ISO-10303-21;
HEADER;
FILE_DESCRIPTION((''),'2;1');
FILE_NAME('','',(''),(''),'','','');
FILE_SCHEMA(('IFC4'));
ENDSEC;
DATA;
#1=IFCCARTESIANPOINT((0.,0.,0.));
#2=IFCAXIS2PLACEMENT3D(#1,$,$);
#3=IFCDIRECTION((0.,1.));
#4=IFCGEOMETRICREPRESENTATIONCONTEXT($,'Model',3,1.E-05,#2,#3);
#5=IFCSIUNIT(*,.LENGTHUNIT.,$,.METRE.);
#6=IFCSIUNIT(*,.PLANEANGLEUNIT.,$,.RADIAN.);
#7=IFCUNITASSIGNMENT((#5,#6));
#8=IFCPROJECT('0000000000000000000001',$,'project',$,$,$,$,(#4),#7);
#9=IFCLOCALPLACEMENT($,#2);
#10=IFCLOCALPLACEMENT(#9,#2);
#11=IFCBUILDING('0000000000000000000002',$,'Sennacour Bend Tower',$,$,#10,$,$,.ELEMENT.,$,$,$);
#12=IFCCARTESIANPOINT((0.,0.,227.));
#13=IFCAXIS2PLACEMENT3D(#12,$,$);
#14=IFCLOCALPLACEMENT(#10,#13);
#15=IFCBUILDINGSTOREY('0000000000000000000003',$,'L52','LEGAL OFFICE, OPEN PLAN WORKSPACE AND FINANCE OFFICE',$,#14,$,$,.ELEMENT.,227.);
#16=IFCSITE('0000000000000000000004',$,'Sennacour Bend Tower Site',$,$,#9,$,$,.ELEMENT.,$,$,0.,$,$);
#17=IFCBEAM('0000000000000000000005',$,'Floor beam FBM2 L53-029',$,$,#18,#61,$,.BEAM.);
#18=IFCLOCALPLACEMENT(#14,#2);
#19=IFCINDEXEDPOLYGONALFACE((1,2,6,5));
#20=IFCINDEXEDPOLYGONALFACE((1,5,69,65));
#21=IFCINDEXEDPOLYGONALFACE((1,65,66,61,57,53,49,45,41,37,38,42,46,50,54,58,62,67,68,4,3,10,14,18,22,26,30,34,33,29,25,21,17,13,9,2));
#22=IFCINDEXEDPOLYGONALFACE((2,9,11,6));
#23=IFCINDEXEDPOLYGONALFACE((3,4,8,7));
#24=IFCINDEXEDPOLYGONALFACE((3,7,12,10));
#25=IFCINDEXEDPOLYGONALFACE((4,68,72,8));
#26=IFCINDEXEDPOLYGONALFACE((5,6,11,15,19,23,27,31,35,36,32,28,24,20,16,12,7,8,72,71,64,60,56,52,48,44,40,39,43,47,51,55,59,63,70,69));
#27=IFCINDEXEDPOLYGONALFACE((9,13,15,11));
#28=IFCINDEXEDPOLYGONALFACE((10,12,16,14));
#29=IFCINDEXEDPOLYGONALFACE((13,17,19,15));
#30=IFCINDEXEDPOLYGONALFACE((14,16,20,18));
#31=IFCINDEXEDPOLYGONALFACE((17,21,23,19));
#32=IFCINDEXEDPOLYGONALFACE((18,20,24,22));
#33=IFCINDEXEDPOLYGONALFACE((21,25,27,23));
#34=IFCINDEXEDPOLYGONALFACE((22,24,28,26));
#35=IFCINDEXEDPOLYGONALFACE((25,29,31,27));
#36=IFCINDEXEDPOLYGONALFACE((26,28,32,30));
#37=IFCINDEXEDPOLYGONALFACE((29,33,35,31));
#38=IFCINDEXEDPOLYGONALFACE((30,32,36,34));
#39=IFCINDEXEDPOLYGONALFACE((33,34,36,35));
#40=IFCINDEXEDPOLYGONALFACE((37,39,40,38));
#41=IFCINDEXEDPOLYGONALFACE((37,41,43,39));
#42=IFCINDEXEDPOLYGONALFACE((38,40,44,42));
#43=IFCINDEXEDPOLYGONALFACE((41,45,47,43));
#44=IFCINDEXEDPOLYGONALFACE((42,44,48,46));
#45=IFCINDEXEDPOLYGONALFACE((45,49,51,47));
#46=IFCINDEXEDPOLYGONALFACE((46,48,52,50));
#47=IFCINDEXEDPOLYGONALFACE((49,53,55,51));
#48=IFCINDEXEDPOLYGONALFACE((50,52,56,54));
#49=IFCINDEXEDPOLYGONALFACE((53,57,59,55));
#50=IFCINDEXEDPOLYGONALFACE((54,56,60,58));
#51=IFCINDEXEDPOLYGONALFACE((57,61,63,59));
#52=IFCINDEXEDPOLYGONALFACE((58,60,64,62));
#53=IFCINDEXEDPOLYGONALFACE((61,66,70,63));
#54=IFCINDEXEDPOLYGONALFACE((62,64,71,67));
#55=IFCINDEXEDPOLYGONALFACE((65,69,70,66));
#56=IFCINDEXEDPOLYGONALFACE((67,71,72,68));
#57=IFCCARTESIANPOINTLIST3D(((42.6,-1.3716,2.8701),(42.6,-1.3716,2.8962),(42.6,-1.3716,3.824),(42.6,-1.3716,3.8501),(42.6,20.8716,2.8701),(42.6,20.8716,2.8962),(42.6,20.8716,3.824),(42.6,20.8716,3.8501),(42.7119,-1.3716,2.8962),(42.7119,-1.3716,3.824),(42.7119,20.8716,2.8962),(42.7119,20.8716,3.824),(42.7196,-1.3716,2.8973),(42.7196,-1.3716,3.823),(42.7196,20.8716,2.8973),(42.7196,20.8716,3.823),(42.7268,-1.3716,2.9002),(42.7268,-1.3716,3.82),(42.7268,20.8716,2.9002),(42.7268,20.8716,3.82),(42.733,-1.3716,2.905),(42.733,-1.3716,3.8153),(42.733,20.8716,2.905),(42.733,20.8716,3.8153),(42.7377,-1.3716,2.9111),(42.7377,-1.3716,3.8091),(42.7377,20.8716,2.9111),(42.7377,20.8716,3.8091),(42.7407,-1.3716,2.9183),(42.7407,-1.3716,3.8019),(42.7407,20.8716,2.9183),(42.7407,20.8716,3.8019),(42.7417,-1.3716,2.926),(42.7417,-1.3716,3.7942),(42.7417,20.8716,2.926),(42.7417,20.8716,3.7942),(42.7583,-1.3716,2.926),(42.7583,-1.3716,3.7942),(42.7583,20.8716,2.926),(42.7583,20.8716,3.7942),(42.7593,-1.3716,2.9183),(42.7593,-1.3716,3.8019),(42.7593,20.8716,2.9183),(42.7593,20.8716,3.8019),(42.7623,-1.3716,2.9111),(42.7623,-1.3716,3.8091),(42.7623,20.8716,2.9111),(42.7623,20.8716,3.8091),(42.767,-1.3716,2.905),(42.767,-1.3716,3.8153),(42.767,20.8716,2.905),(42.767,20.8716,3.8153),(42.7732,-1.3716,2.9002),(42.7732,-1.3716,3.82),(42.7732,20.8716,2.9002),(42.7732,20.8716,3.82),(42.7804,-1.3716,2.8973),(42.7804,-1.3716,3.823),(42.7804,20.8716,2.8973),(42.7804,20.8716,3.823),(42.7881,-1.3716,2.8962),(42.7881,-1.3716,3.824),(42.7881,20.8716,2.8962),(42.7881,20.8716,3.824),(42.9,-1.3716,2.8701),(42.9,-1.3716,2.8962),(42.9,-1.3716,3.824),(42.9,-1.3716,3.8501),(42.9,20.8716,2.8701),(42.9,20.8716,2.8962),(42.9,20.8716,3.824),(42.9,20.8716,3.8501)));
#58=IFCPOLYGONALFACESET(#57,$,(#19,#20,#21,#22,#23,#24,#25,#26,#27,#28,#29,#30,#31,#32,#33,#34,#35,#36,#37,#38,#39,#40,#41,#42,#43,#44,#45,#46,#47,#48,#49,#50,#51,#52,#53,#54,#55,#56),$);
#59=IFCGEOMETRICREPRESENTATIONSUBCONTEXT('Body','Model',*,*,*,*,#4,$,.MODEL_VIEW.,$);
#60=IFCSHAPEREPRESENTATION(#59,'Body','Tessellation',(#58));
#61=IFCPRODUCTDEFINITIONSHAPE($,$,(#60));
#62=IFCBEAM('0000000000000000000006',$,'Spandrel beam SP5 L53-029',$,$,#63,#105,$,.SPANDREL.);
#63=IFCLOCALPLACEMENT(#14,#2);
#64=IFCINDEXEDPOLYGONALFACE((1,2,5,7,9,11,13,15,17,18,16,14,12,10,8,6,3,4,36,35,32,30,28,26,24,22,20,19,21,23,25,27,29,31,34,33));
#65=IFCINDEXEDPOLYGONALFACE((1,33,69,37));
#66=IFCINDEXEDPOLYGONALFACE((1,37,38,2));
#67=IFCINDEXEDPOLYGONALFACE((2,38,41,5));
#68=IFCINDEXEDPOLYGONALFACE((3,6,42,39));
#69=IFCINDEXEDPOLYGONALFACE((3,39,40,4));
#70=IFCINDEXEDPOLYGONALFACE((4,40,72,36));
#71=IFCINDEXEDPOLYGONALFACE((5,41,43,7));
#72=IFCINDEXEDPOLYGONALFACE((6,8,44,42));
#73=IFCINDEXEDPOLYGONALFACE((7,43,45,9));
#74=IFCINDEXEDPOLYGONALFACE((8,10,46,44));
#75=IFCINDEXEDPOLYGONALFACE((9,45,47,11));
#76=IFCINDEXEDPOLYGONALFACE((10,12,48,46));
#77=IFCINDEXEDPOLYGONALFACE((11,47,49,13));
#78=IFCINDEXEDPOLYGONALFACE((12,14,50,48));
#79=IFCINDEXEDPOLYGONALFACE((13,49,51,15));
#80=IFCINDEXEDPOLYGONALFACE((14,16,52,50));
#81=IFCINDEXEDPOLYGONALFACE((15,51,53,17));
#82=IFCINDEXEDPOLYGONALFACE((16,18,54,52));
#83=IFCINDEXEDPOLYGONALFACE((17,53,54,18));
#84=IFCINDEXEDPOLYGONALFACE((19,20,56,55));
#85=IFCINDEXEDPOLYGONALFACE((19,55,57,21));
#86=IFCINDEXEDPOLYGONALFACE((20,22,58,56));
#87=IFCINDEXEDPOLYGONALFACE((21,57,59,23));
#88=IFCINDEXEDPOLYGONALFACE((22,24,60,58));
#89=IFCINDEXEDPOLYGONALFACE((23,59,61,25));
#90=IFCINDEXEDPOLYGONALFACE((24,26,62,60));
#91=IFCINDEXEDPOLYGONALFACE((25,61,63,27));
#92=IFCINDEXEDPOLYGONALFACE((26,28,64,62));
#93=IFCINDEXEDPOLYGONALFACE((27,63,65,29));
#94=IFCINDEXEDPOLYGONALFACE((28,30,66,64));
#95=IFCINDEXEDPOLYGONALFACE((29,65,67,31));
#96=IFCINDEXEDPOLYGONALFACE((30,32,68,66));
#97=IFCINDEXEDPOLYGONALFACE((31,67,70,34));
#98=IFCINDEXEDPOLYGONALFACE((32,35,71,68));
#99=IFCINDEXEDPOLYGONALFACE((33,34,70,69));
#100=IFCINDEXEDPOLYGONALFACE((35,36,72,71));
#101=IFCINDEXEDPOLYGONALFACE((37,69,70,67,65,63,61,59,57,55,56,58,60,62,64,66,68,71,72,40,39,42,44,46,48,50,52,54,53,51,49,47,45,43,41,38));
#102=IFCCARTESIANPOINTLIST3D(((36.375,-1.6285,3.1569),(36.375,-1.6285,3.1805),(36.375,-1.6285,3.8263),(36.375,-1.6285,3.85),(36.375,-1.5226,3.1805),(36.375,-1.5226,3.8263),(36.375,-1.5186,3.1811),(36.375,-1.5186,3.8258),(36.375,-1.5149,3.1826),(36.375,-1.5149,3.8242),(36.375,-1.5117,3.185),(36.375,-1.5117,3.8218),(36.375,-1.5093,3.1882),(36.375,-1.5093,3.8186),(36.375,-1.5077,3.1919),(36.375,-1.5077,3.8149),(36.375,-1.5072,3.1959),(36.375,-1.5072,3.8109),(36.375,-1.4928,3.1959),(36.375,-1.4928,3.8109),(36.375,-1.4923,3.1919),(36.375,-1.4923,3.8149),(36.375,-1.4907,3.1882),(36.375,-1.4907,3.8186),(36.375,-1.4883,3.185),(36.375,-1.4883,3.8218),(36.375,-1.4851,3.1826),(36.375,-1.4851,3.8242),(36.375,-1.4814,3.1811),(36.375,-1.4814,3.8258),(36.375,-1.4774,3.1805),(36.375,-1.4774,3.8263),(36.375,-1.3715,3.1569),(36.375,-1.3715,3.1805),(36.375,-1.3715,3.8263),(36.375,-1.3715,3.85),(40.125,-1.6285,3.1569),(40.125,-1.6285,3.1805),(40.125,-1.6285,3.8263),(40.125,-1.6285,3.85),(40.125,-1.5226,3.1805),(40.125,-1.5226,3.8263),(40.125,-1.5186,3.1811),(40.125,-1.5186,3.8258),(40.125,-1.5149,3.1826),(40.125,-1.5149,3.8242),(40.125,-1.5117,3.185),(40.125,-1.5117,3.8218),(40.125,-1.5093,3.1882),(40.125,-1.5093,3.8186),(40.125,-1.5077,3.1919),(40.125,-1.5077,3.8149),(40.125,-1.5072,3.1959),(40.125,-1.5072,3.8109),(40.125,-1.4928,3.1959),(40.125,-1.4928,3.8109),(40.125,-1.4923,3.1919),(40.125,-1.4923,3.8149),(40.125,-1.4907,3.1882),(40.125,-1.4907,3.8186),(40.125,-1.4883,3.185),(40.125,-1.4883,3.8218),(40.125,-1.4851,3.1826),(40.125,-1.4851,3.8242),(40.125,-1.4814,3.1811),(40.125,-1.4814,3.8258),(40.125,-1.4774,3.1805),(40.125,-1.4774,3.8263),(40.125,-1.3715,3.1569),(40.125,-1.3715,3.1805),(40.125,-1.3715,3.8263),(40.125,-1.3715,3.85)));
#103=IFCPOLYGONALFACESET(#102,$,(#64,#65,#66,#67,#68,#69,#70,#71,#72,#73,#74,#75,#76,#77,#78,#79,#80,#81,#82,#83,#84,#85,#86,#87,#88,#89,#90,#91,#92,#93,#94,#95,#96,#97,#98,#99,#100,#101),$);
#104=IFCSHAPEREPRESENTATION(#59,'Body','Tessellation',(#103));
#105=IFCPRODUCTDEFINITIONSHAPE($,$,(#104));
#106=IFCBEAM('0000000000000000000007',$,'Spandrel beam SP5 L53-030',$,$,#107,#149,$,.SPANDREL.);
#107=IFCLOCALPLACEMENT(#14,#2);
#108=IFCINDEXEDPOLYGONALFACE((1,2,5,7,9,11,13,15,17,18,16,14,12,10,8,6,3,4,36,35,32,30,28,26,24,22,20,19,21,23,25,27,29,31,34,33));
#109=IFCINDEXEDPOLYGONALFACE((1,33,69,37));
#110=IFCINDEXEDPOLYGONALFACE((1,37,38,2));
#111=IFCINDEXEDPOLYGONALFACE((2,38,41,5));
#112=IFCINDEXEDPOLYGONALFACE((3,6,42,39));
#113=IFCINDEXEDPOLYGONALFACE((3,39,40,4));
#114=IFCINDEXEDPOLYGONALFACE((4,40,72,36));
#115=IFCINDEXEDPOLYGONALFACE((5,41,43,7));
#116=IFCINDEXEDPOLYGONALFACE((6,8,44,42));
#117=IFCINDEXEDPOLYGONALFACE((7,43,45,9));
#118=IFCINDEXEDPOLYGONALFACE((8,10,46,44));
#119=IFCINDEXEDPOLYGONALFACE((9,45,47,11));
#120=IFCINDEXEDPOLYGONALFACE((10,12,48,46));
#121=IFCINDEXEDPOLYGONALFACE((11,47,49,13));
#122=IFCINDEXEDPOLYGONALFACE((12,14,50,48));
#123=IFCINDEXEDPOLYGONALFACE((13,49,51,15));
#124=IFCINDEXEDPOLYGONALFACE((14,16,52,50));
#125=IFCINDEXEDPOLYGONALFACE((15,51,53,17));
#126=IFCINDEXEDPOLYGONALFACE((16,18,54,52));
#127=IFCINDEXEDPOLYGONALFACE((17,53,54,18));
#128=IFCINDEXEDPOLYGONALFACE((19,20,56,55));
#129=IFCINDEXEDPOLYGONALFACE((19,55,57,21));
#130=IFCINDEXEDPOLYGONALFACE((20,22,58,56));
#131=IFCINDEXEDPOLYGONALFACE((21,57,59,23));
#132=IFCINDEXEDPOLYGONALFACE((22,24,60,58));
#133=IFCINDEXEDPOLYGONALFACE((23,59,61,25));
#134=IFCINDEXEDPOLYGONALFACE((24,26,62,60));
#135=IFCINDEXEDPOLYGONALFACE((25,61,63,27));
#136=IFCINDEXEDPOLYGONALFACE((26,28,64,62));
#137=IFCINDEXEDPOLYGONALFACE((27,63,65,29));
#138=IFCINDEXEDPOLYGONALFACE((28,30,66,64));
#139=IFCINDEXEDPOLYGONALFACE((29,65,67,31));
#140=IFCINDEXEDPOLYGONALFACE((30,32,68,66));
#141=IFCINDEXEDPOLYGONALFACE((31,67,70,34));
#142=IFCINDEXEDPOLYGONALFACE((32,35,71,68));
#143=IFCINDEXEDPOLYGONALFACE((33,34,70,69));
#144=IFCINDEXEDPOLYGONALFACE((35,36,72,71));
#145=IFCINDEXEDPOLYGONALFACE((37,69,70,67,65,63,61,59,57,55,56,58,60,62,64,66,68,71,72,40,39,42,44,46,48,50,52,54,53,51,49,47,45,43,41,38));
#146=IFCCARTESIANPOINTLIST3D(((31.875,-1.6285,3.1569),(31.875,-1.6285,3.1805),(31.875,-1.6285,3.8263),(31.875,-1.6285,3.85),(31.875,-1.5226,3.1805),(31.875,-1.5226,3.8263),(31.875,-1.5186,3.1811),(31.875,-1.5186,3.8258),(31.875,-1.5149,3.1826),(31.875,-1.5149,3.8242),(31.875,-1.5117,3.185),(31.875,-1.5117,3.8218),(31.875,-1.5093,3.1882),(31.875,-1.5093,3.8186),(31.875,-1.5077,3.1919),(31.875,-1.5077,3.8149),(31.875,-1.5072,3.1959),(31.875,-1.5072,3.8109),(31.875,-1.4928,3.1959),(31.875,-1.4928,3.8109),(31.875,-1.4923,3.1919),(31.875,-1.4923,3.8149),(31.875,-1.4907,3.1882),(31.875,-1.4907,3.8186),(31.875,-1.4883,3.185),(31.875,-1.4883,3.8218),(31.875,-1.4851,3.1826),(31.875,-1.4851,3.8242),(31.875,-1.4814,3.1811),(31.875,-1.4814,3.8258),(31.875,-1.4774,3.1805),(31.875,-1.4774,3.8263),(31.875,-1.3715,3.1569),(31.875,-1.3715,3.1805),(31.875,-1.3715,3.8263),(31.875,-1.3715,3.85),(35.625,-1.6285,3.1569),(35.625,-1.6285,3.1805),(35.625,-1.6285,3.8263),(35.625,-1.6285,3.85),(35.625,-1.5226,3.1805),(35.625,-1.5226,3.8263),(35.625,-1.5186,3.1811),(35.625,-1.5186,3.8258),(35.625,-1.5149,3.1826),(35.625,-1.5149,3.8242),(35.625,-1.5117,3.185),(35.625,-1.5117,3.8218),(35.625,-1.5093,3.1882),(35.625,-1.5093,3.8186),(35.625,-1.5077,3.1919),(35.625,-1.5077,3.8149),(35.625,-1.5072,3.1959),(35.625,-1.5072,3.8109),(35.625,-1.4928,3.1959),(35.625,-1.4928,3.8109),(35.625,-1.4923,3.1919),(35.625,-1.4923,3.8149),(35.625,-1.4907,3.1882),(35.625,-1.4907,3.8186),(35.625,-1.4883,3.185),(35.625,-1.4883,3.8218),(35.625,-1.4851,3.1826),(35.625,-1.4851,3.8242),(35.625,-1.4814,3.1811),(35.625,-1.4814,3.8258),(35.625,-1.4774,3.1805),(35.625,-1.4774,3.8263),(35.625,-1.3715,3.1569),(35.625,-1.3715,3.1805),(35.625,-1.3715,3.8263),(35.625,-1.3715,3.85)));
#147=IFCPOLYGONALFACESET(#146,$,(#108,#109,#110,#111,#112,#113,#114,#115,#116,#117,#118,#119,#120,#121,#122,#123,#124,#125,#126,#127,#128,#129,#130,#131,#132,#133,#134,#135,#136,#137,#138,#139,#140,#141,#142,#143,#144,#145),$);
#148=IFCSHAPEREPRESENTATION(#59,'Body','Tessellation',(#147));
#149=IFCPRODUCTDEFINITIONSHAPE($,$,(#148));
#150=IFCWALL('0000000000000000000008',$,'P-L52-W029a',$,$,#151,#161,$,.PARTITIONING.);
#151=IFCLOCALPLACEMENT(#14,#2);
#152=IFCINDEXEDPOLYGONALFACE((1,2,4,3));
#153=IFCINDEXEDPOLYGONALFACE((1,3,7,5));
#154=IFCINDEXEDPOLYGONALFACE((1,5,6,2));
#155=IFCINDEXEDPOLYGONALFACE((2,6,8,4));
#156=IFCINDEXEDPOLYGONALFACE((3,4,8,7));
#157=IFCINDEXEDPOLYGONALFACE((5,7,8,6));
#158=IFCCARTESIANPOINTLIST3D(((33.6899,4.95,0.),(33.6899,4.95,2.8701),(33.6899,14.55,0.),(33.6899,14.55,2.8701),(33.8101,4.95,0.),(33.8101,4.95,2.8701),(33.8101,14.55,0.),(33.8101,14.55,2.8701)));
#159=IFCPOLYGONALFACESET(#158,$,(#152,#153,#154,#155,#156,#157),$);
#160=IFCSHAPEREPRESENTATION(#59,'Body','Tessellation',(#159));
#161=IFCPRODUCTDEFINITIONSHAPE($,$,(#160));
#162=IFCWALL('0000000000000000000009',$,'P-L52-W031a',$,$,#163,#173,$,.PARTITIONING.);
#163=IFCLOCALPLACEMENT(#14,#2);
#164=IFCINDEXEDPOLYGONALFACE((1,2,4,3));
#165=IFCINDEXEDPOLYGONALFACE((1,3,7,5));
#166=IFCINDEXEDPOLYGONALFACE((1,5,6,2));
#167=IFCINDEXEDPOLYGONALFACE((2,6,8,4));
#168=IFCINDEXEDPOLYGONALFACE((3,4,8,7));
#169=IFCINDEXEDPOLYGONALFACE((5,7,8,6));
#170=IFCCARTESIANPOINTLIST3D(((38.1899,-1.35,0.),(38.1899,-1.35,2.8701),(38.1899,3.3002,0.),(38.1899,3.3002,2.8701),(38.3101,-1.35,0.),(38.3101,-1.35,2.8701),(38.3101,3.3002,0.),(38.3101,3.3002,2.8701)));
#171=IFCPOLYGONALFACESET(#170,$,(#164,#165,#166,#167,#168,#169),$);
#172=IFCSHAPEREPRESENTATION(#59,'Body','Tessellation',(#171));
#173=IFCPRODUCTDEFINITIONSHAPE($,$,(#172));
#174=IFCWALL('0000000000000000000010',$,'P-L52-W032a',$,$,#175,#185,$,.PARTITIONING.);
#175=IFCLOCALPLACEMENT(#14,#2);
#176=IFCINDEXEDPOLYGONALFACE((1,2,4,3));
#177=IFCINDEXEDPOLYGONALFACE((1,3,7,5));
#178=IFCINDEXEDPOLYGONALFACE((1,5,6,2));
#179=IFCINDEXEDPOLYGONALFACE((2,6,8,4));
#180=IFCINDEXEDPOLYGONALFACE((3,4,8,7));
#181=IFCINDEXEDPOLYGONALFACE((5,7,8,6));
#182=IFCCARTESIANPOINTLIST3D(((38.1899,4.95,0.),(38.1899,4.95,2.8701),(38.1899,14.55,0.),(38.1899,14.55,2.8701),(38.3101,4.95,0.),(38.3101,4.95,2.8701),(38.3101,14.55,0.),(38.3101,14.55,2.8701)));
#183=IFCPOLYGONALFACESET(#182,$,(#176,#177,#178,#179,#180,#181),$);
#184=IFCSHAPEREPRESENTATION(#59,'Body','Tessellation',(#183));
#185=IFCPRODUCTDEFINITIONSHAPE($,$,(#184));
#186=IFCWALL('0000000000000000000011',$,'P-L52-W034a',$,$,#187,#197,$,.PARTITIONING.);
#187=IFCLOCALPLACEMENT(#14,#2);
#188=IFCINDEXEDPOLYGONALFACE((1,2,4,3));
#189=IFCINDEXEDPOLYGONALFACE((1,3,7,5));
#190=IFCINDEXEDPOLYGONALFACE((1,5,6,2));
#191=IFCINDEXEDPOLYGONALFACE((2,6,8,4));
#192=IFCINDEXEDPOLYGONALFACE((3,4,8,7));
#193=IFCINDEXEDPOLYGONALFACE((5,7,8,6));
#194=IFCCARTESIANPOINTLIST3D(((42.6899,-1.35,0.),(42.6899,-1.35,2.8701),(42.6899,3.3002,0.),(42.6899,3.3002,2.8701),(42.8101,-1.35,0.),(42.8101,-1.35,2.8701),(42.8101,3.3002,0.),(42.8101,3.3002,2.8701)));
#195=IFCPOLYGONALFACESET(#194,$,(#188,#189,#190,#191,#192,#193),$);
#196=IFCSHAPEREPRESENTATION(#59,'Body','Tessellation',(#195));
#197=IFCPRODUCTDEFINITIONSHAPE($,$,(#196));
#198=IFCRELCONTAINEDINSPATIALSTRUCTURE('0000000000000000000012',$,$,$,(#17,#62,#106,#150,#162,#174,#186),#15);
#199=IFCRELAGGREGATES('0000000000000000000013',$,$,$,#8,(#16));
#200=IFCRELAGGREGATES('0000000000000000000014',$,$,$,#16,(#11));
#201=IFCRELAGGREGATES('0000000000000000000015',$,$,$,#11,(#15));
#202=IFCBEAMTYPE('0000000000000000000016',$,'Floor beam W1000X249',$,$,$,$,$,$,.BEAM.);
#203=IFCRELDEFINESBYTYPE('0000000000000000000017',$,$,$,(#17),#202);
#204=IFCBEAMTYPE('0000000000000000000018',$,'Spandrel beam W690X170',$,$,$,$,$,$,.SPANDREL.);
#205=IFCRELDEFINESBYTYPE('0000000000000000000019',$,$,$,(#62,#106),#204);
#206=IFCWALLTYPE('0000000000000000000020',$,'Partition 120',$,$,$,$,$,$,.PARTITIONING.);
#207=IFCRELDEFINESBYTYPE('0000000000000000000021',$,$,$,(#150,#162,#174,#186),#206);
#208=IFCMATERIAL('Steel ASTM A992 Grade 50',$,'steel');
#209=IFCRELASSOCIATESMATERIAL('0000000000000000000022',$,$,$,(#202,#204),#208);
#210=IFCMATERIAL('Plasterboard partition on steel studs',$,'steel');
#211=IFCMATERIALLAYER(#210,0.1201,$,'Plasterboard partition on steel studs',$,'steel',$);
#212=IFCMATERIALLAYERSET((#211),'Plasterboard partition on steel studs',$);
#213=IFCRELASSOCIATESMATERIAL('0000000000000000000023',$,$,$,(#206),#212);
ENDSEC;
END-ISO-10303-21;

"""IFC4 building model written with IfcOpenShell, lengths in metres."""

from ifc_helpers import new_model, si_unit, direction, frame, frame_2d, origin, origin_2d, place, context, subcontext, project, spatial, rectangle, i_section, extrude, material, layer, layer_set, material_profile, profile_set, type_object, element, save


model = new_model("IFC4")

# Units and contexts
model_context = context("Model", 3, precision=1e-05, world=origin(), true_north=direction((0.0, 1.0)))
body_context = subcontext(model_context, "Body", "Model", "MODEL_VIEW")
ifc_project = project(units=[si_unit("LENGTHUNIT", "METRE"), si_unit("PLANEANGLEUNIT", "RADIAN")], contexts=[model_context])

# Site, building, storey
site_placement = place(None, origin())
site = spatial("IfcSite", under=ifc_project, at=site_placement, Name="Sennacour Bend Tower Site", CompositionType="ELEMENT", RefElevation=0.0)
building_placement = place(site_placement, origin())
building = spatial("IfcBuilding", under=site, at=building_placement, Name="Sennacour Bend Tower", CompositionType="ELEMENT")
storey_placement = place(building_placement, frame((0.0, 0.0, 227.0)))
storey = spatial("IfcBuildingStorey", under=building, at=storey_placement, Name="L52", Description="LEGAL OFFICE, OPEN PLAN WORKSPACE AND FINANCE OFFICE", CompositionType="ELEMENT", Elevation=227.0)

# Beams
ifc_material_1 = material(Name="Steel ASTM A992 Grade 50", Category="steel")
ifc_material_profile_1 = material_profile(ifc_material_1, i_section(OverallWidth=0.3, OverallDepth=0.98, WebThickness=0.0166, FlangeThickness=0.0261, FilletRadius=0.0298, at=origin_2d()), Name="Steel ASTM A992 Grade 50", Category="steel")
ifc_profile_set_1 = profile_set([ifc_material_profile_1], Name="Steel ASTM A992 Grade 50")
beam_type_1 = type_object("IfcBeamType", Name="Floor beam W1000X249", PredefinedType="BEAM", material=ifc_profile_set_1)
beam_1_placement = place(storey_placement, frame((42.75, -1.3716, 3.3601), z_axis=(0.0, 1.0, 0.0), x_axis=(-1.0, 0.0, 0.0)))
element("IfcBeam", 1, at=beam_1_placement, inside=storey, type_object=beam_type_1, Name="Floor beam FBM2 L53-029", PredefinedType="BEAM", context=body_context, shape_type="SweptSolid", body=[
    extrude(i_section(OverallWidth=0.3, OverallDepth=0.98, WebThickness=0.0166, FlangeThickness=0.0261, FilletRadius=0.0298, at=origin_2d()), origin(), (0.0, 0.0, 1.0), 22.2432),
])
ifc_material_profile_2 = material_profile(ifc_material_1, i_section(OverallWidth=0.2571, OverallDepth=0.6931, WebThickness=0.0144, FlangeThickness=0.0237, FilletRadius=0.0154, at=origin_2d()), Name="Steel ASTM A992 Grade 50", Category="steel")
ifc_profile_set_2 = profile_set([ifc_material_profile_2], Name="Steel ASTM A992 Grade 50")
beam_type_2 = type_object("IfcBeamType", Name="Spandrel beam W690X170", PredefinedType="SPANDREL", material=ifc_profile_set_2)
for number, where, z_axis, x_axis, name in (
    (2, (40.125, -1.5, 3.5034), (-1.0, 0.0, 0.0), (0.0, -1.0, 0.0), "Spandrel beam SP5 L53-029"),
    (3, (35.625, -1.5, 3.5034), (-1.0, 0.0, 0.0), (0.0, -1.0, 0.0), "Spandrel beam SP5 L53-030"),
):
    element("IfcBeam", number, at=place(storey_placement, frame(where, z_axis=z_axis, x_axis=x_axis)), inside=storey, type_object=beam_type_2, Name=name, PredefinedType="SPANDREL", context=body_context, shape_type="SweptSolid", body=[
        extrude(i_section(OverallWidth=0.2571, OverallDepth=0.6931, WebThickness=0.0144, FlangeThickness=0.0237, FilletRadius=0.0154, at=origin_2d()), origin(), (0.0, 0.0, 1.0), 3.75),
    ])

# Walls
ifc_material_2 = material(Name="Plasterboard partition on steel studs", Category="steel")
ifc_layer_1 = layer(ifc_material_2, 0.1201, Name="Plasterboard partition on steel studs", Category="steel")
ifc_layer_set_1 = layer_set([ifc_layer_1], Name="Plasterboard partition on steel studs")
wall_type_1 = type_object("IfcWallType", Name="Partition 120", PredefinedType="PARTITIONING", material=ifc_layer_set_1)
wall_1_placement = place(storey_placement, frame((33.75, 4.95, 0.0), z_axis=(0.0, 0.0, 1.0), x_axis=(0.0, 1.0, 0.0)))
element("IfcWall", 4, at=wall_1_placement, inside=storey, type_object=wall_type_1, Name="P-L52-W029a", PredefinedType="PARTITIONING", context=body_context, shape_type="SweptSolid", body=[
    extrude(rectangle(XDim=9.6001, YDim=0.1201, at=frame_2d((4.8, 0.0))), origin(), (0.0, 0.0, 1.0), 2.8701),
])
wall_2_placement = place(storey_placement, frame((38.25, -1.3501, 0.0), z_axis=(0.0, 0.0, 1.0), x_axis=(0.0, 1.0, 0.0)))
element("IfcWall", 5, at=wall_2_placement, inside=storey, type_object=wall_type_1, Name="P-L52-W031a", PredefinedType="PARTITIONING", context=body_context, shape_type="SweptSolid", body=[
    extrude(rectangle(XDim=4.6501, YDim=0.1201, at=frame_2d((2.3252, 0.0))), origin(), (0.0, 0.0, 1.0), 2.8701),
])
wall_3_placement = place(storey_placement, frame((38.25, 4.95, 0.0), z_axis=(0.0, 0.0, 1.0), x_axis=(0.0, 1.0, 0.0)))
element("IfcWall", 6, at=wall_3_placement, inside=storey, type_object=wall_type_1, Name="P-L52-W032a", PredefinedType="PARTITIONING", context=body_context, shape_type="SweptSolid", body=[
    extrude(rectangle(XDim=9.6001, YDim=0.1201, at=frame_2d((4.8, 0.0))), origin(), (0.0, 0.0, 1.0), 2.8701),
])
wall_4_placement = place(storey_placement, frame((42.75, -1.3501, 0.0), z_axis=(0.0, 0.0, 1.0), x_axis=(0.0, 1.0, 0.0)))
element("IfcWall", 7, at=wall_4_placement, inside=storey, type_object=wall_type_1, Name="P-L52-W034a", PredefinedType="PARTITIONING", context=body_context, shape_type="SweptSolid", body=[
    extrude(rectangle(XDim=4.6501, YDim=0.1201, at=frame_2d((2.3252, 0.0))), origin(), (0.0, 0.0, 1.0), 2.8701),
])

save(model, "model.ifc")
